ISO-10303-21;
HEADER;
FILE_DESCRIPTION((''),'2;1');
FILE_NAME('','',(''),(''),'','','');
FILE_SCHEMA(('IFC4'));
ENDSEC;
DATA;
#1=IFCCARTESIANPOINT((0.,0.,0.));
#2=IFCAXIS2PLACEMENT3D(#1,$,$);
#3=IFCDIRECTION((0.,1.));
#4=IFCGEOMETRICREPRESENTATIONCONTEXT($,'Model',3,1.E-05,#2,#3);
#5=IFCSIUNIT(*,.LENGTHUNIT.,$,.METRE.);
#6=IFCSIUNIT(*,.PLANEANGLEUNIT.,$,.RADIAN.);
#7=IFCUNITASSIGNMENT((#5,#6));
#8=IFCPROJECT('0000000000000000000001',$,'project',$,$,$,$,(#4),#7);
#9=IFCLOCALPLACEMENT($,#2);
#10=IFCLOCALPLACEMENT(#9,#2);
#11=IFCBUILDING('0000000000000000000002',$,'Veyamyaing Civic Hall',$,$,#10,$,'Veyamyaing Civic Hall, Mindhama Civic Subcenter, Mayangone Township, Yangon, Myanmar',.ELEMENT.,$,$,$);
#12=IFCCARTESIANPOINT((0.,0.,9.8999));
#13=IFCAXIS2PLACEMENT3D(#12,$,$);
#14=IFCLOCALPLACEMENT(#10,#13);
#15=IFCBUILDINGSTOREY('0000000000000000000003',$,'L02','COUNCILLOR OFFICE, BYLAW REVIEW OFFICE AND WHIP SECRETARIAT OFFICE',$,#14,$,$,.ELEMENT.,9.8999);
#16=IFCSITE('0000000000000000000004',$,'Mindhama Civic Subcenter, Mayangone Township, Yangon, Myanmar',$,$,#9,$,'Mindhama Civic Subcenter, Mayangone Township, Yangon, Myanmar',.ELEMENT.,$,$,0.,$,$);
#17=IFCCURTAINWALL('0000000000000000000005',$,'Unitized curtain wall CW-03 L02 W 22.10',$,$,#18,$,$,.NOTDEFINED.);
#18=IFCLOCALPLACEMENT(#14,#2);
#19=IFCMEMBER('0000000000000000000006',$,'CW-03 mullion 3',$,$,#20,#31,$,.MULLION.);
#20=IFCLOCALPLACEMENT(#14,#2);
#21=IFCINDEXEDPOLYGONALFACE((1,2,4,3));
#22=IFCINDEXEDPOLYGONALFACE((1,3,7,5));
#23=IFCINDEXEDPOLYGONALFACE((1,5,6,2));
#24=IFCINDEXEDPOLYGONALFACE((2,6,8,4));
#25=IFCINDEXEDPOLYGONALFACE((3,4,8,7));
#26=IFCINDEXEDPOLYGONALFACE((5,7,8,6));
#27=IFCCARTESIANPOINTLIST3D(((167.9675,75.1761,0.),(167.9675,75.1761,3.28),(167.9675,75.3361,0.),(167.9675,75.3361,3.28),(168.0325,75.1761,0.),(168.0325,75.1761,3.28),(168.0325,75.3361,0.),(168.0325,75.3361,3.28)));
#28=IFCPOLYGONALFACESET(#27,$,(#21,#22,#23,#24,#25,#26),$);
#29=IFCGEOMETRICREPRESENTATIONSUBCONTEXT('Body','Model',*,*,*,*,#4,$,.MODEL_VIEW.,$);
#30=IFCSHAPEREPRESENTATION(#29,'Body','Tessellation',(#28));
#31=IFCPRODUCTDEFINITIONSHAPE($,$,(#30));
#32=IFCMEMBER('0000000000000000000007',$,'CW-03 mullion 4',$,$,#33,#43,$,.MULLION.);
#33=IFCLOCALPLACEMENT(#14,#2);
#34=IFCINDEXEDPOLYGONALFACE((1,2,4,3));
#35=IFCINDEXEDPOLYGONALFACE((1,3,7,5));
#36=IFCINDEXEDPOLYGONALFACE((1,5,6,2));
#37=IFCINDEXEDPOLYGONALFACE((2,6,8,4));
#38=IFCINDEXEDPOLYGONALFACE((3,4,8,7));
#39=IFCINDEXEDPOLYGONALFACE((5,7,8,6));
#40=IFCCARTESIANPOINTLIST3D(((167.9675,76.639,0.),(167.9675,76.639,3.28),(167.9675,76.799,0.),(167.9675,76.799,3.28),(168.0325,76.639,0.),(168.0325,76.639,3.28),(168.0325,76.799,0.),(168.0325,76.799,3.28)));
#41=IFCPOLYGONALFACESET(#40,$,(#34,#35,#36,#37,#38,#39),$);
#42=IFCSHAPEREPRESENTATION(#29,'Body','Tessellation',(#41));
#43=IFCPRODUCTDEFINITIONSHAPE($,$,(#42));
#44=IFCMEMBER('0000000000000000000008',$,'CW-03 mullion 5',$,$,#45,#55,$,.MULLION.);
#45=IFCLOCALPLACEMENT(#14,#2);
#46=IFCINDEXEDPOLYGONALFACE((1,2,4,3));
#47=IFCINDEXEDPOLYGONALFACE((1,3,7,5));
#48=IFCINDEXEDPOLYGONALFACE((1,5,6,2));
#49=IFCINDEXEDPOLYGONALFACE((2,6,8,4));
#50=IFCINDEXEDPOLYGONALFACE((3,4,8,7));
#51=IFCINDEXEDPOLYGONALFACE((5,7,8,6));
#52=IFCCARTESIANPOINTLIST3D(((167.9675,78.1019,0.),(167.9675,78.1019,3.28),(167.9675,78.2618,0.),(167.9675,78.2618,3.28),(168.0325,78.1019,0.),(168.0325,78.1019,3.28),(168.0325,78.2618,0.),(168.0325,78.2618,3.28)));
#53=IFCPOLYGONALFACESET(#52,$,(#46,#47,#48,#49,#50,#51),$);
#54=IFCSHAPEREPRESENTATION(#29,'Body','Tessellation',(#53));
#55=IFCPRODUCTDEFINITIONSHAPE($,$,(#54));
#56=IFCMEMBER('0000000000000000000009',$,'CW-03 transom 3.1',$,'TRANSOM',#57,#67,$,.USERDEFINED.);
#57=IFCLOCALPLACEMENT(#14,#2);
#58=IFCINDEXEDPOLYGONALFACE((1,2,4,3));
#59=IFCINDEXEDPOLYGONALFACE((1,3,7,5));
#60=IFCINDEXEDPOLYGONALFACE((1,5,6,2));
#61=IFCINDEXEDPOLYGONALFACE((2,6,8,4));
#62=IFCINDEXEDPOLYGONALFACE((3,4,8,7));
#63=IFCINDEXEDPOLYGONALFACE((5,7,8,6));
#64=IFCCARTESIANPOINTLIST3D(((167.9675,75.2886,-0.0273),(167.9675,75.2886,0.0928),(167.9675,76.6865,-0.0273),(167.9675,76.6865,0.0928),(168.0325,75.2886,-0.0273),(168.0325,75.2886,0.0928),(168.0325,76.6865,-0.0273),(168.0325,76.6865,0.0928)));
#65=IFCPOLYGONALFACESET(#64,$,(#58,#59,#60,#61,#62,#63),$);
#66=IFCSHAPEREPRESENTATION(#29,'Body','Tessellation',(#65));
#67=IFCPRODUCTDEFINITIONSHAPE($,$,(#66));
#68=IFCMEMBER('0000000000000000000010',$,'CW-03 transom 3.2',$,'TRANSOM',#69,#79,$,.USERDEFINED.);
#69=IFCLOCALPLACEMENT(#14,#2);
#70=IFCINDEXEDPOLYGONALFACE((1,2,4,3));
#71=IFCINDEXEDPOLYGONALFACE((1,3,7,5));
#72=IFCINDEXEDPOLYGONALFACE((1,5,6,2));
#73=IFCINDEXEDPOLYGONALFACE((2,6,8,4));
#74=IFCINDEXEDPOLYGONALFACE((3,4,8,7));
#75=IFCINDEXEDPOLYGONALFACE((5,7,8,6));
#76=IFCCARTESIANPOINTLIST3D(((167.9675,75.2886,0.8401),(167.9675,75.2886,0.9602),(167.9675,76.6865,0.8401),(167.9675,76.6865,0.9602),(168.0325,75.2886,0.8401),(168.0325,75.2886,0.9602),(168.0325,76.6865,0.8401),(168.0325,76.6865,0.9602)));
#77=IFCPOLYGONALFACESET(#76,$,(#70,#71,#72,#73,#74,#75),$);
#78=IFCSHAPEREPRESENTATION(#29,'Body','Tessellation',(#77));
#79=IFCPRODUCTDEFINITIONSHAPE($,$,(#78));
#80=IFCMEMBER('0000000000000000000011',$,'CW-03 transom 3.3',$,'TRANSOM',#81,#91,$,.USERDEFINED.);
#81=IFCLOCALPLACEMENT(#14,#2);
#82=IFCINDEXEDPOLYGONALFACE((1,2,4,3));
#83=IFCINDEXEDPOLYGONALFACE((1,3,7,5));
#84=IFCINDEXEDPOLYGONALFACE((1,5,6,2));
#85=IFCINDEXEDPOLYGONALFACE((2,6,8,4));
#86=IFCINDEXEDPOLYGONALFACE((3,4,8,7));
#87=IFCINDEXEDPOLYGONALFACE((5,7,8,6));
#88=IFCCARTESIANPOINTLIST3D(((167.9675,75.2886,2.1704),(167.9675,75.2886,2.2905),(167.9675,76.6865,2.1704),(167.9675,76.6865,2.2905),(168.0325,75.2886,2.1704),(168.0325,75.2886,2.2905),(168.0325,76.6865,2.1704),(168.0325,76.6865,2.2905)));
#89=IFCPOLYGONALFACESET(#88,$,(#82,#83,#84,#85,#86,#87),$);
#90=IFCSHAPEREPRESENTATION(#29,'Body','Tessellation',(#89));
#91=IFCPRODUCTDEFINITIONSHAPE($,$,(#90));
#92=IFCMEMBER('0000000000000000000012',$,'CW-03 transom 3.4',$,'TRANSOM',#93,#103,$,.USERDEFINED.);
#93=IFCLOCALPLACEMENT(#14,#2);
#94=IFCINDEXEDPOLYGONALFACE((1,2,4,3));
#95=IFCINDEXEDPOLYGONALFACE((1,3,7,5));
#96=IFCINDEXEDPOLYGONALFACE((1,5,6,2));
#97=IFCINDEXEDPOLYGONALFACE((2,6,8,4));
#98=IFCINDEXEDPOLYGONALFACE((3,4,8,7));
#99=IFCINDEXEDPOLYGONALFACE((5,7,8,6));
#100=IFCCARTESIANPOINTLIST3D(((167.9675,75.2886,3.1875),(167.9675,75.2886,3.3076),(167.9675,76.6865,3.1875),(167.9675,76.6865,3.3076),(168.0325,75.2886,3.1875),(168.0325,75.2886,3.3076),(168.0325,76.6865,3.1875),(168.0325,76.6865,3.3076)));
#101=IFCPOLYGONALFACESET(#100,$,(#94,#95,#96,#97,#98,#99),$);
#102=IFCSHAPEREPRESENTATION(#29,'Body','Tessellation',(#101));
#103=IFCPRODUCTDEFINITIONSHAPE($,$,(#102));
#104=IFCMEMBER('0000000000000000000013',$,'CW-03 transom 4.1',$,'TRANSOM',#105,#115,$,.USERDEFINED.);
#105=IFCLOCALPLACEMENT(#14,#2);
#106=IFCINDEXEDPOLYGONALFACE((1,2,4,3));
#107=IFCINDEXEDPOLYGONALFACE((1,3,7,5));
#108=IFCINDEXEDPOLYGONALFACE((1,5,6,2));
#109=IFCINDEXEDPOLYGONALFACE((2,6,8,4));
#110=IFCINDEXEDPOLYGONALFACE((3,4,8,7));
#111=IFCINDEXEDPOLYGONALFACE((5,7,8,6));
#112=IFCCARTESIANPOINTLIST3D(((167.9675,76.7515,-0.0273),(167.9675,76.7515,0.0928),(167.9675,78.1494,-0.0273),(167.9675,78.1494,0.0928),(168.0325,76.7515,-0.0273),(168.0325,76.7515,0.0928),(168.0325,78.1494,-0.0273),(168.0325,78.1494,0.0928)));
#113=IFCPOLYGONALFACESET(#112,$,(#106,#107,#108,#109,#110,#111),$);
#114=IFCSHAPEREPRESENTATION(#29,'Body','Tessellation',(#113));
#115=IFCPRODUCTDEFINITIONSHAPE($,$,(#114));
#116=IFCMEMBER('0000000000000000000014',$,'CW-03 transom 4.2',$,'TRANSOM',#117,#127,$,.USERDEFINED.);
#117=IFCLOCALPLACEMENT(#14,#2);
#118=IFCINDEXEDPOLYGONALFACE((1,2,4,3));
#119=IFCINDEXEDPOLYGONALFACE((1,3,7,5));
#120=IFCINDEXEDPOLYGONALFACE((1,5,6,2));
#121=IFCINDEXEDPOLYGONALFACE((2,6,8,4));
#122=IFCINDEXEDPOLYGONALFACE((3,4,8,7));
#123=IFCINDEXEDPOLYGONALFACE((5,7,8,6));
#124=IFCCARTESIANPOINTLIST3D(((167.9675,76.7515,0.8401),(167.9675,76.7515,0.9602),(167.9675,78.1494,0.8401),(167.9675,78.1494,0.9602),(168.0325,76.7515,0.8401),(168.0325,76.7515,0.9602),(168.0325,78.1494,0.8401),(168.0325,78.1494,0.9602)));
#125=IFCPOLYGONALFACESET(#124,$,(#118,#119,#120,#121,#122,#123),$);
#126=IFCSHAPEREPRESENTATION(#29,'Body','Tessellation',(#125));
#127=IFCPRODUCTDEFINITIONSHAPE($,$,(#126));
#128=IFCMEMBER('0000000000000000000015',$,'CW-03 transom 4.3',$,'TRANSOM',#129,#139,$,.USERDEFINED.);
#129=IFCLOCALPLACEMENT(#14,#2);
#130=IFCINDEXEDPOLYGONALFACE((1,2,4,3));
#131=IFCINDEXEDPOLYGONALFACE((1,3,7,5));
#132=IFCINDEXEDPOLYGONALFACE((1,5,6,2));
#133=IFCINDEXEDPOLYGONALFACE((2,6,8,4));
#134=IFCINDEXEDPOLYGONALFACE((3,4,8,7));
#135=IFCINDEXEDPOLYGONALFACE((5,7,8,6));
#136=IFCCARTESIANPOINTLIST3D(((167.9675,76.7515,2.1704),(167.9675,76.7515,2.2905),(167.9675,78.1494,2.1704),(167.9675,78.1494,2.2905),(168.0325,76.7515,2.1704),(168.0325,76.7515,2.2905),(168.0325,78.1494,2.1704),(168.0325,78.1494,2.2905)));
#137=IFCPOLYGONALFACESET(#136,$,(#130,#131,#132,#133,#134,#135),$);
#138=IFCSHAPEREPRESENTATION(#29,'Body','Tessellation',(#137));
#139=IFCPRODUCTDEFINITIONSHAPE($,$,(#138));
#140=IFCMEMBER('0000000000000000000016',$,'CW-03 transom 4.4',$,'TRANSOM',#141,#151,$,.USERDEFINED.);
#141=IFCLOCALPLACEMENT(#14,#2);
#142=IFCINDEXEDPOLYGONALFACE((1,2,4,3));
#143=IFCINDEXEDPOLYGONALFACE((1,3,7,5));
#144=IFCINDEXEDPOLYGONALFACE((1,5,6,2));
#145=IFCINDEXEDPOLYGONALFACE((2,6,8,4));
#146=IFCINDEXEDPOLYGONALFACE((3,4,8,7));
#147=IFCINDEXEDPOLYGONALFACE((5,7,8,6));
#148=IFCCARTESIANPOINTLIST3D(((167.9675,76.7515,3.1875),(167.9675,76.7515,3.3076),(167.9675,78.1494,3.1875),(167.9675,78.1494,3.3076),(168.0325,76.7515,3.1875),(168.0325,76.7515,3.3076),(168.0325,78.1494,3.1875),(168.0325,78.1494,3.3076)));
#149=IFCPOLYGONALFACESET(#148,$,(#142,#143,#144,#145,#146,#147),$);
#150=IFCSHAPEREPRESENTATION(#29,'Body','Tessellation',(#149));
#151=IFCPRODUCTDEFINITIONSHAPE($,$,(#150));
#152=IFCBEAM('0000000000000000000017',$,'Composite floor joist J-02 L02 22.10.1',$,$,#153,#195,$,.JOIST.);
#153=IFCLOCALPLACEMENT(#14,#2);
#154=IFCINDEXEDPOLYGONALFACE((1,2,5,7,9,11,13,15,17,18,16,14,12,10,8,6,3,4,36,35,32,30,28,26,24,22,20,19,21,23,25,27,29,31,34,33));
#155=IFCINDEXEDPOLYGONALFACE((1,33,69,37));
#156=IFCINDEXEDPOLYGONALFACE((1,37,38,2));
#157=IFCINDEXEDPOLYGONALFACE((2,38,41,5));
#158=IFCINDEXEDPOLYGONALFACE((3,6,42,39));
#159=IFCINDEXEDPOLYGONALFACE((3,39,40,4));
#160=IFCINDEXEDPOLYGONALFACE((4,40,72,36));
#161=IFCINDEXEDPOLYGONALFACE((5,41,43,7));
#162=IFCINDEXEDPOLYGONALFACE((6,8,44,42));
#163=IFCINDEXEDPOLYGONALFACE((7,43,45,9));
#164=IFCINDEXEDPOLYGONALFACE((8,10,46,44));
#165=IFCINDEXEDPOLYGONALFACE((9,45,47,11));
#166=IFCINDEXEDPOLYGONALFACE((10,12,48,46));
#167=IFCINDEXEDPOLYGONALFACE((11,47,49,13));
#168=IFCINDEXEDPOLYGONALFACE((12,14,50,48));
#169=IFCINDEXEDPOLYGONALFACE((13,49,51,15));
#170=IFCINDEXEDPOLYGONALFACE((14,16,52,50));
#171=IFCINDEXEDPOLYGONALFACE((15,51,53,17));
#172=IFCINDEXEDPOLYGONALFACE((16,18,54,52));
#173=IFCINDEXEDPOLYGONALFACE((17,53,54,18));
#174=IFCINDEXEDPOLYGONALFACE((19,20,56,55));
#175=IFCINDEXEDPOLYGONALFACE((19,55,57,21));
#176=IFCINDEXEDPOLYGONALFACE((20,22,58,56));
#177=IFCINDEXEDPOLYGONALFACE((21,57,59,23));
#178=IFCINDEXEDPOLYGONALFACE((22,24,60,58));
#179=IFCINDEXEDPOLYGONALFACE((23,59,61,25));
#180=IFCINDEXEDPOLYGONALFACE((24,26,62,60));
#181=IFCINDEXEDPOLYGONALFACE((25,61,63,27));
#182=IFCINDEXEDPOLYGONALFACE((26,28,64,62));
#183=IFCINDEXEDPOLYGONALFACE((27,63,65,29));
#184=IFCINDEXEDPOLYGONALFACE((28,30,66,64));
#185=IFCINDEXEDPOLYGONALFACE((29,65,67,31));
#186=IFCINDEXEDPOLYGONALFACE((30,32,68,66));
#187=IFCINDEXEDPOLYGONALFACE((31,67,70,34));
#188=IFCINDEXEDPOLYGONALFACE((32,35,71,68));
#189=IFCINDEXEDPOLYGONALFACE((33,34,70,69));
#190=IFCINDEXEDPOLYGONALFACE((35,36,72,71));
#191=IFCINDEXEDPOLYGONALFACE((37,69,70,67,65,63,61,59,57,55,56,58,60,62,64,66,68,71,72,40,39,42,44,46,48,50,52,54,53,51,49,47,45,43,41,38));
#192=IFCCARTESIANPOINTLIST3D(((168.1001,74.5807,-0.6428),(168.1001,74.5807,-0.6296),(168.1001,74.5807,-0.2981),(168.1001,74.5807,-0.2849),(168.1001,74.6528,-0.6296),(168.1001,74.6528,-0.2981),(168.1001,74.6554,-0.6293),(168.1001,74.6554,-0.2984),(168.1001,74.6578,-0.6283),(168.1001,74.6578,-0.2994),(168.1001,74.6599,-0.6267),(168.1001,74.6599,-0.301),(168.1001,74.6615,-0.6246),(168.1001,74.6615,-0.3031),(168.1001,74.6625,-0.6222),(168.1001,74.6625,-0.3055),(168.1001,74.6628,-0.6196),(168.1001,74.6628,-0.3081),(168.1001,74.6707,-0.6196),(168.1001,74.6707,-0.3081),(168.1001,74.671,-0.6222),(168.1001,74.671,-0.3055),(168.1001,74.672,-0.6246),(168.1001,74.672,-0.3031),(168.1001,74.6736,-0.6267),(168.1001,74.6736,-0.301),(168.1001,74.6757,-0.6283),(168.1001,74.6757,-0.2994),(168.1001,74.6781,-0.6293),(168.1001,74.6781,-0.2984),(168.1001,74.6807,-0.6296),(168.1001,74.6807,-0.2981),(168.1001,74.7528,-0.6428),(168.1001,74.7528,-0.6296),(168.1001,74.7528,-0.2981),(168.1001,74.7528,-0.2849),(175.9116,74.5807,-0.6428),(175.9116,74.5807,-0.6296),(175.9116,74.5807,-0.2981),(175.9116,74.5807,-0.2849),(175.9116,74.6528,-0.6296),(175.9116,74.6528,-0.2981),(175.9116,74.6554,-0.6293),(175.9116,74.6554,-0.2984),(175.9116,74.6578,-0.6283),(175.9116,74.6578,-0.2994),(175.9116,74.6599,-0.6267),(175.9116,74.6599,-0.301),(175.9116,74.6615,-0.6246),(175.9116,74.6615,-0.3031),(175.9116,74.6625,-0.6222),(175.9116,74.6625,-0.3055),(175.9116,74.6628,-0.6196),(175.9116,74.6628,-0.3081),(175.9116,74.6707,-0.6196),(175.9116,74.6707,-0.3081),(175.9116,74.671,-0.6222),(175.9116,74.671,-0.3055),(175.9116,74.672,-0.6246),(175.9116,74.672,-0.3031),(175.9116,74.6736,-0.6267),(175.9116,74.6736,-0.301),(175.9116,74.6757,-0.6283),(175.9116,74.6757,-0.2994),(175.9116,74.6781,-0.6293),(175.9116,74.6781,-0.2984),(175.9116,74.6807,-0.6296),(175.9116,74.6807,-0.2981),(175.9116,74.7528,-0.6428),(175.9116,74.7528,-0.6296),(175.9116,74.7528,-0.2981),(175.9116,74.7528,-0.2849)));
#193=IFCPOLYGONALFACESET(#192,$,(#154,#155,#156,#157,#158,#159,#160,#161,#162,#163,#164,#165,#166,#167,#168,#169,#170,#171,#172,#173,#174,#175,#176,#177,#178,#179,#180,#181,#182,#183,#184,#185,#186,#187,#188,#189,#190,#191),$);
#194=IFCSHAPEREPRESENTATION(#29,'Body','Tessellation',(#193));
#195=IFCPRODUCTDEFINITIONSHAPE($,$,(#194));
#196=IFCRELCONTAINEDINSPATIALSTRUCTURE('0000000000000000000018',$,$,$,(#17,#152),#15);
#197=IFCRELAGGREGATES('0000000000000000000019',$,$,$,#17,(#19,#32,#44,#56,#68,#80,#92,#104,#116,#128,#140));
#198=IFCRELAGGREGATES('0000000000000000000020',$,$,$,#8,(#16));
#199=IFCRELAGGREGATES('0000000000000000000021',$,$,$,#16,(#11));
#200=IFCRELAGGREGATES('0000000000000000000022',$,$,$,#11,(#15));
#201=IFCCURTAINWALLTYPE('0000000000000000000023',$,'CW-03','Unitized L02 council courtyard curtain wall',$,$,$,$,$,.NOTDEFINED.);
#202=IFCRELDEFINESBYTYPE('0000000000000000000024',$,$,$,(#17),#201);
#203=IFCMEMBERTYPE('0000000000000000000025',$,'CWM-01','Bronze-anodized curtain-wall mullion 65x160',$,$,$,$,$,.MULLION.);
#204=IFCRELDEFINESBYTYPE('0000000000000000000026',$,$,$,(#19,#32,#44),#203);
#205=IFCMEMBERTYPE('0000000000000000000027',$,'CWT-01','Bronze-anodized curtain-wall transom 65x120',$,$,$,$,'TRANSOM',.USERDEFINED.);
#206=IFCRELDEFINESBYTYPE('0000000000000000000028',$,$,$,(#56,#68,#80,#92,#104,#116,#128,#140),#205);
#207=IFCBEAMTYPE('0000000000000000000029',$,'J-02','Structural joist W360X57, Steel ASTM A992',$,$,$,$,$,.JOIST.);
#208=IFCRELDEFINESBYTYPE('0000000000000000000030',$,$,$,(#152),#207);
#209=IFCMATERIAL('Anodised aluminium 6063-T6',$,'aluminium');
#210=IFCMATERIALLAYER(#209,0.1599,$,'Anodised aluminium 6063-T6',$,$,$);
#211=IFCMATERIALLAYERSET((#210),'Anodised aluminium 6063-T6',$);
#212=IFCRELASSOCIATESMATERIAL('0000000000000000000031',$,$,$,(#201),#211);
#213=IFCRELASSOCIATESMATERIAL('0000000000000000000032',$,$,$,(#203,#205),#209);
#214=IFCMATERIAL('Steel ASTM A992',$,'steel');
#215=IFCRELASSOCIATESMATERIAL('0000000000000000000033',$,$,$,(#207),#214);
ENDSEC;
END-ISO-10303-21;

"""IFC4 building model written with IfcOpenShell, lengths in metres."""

from ifc_helpers import new_model, si_unit, direction, frame, origin, origin_2d, place, context, subcontext, project, spatial, rectangle, i_section, extrude, material, layer, layer_set, material_profile, profile_set, type_object, element, aggregate, save


model = new_model("IFC4")

# Units and contexts
model_context = context("Model", 3, precision=1e-05, world=origin(), true_north=direction((0.0, 1.0)))
body_context = subcontext(model_context, "Body", "Model", "MODEL_VIEW")
ifc_project = project(units=[si_unit("LENGTHUNIT", "METRE"), si_unit("PLANEANGLEUNIT", "RADIAN")], contexts=[model_context])

# Site, building, storey
site_placement = place(None, origin())
site = spatial("IfcSite", under=ifc_project, at=site_placement, Name="Mindhama Civic Subcenter, Mayangone Township, Yangon, Myanmar", LongName="Mindhama Civic Subcenter, Mayangone Township, Yangon, Myanmar", CompositionType="ELEMENT", RefElevation=0.0)
building_placement = place(site_placement, origin())
building = spatial("IfcBuilding", under=site, at=building_placement, Name="Veyamyaing Civic Hall", LongName="Veyamyaing Civic Hall, Mindhama Civic Subcenter, Mayangone Township, Yangon, Myanmar", CompositionType="ELEMENT")
storey_placement = place(building_placement, frame((0.0, 0.0, 9.8999)))
storey = spatial("IfcBuildingStorey", under=building, at=storey_placement, Name="L02", Description="COUNCILLOR OFFICE, BYLAW REVIEW OFFICE AND WHIP SECRETARIAT OFFICE", CompositionType="ELEMENT", Elevation=9.8999)

# Curtain wall, members
ifc_material_1 = material(Name="Anodised aluminium 6063-T6", Category="aluminium")
ifc_layer_1 = layer(ifc_material_1, 0.1599, Name="Anodised aluminium 6063-T6")
ifc_layer_set_1 = layer_set([ifc_layer_1], Name="Anodised aluminium 6063-T6")
curtain_wall_type = type_object("IfcCurtainWallType", Name="CW-03", Description="Unitized L02 council courtyard curtain wall", PredefinedType="NOTDEFINED", material=ifc_layer_set_1)
curtain_wall_placement = place(storey_placement, origin())
curtain_wall = element("IfcCurtainWall", 1, at=curtain_wall_placement, inside=storey, type_object=curtain_wall_type, Name="Unitized curtain wall CW-03 L02 W 22.10", PredefinedType="NOTDEFINED")
ifc_material_profile_1 = material_profile(ifc_material_1, rectangle(XDim=0.0649, YDim=0.1599, at=origin_2d()), Name="ALU-MUL-65X160")
ifc_profile_set_1 = profile_set([ifc_material_profile_1], Name="Anodised aluminium 6063-T6")
member_type_1 = type_object("IfcMemberType", Name="CWM-01", Description="Bronze-anodized curtain-wall mullion 65x160", PredefinedType="MULLION", material=ifc_profile_set_1)
member_1_placement = place(storey_placement, frame((168.0, 75.2561, 0.0), z_axis=(0.0, 0.0, 1.0), x_axis=(-1.0, 0.0, 0.0)))
member_1 = element("IfcMember", 2, at=member_1_placement, type_object=member_type_1, Name="CW-03 mullion 3", PredefinedType="MULLION", context=body_context, shape_type="SweptSolid", body=[
    extrude(rectangle(XDim=0.0649, YDim=0.1599, at=origin_2d()), origin(), (0.0, 0.0, 1.0), 3.28),
])
member_2_placement = place(storey_placement, frame((168.0, 76.719, 0.0), z_axis=(0.0, 0.0, 1.0), x_axis=(-1.0, 0.0, 0.0)))
member_2 = element("IfcMember", 3, at=member_2_placement, type_object=member_type_1, Name="CW-03 mullion 4", PredefinedType="MULLION", context=body_context, shape_type="SweptSolid", body=[
    extrude(rectangle(XDim=0.0649, YDim=0.1599, at=origin_2d()), origin(), (0.0, 0.0, 1.0), 3.28),
])
member_3_placement = place(storey_placement, frame((168.0, 78.1819, 0.0), z_axis=(0.0, 0.0, 1.0), x_axis=(-1.0, 0.0, 0.0)))
member_3 = element("IfcMember", 4, at=member_3_placement, type_object=member_type_1, Name="CW-03 mullion 5", PredefinedType="MULLION", context=body_context, shape_type="SweptSolid", body=[
    extrude(rectangle(XDim=0.0649, YDim=0.1599, at=origin_2d()), origin(), (0.0, 0.0, 1.0), 3.28),
])
ifc_material_profile_2 = material_profile(ifc_material_1, rectangle(XDim=0.0649, YDim=0.1201, at=origin_2d()), Name="ALU-TRN-65X120")
ifc_profile_set_2 = profile_set([ifc_material_profile_2], Name="Anodised aluminium 6063-T6")
member_type_2 = type_object("IfcMemberType", Name="CWT-01", Description="Bronze-anodized curtain-wall transom 65x120", ElementType="TRANSOM", PredefinedType="USERDEFINED", material=ifc_profile_set_2)
member_4_placement = place(storey_placement, frame((168.0, 75.2886, 0.0327), z_axis=(0.0, 1.0, 0.0), x_axis=(-1.0, 0.0, 0.0)))
member_4 = element("IfcMember", 5, at=member_4_placement, type_object=member_type_2, Name="CW-03 transom 3.1", ObjectType="TRANSOM", PredefinedType="USERDEFINED", context=body_context, shape_type="SweptSolid", body=[
    extrude(rectangle(XDim=0.0649, YDim=0.1201, at=origin_2d()), origin(), (0.0, 0.0, 1.0), 1.3979),
])
member_5_placement = place(storey_placement, frame((168.0, 75.2886, 0.9001), z_axis=(0.0, 1.0, 0.0), x_axis=(-1.0, 0.0, 0.0)))
member_5 = element("IfcMember", 6, at=member_5_placement, type_object=member_type_2, Name="CW-03 transom 3.2", ObjectType="TRANSOM", PredefinedType="USERDEFINED", context=body_context, shape_type="SweptSolid", body=[
    extrude(rectangle(XDim=0.0649, YDim=0.1201, at=origin_2d()), origin(), (0.0, 0.0, 1.0), 1.3979),
])
member_6_placement = place(storey_placement, frame((168.0, 75.2886, 2.2305), z_axis=(0.0, 1.0, 0.0), x_axis=(-1.0, 0.0, 0.0)))
member_6 = element("IfcMember", 7, at=member_6_placement, type_object=member_type_2, Name="CW-03 transom 3.3", ObjectType="TRANSOM", PredefinedType="USERDEFINED", context=body_context, shape_type="SweptSolid", body=[
    extrude(rectangle(XDim=0.0649, YDim=0.1201, at=origin_2d()), origin(), (0.0, 0.0, 1.0), 1.3979),
])
member_7_placement = place(storey_placement, frame((168.0, 75.2886, 3.2476), z_axis=(0.0, 1.0, 0.0), x_axis=(-1.0, 0.0, 0.0)))
member_7 = element("IfcMember", 8, at=member_7_placement, type_object=member_type_2, Name="CW-03 transom 3.4", ObjectType="TRANSOM", PredefinedType="USERDEFINED", context=body_context, shape_type="SweptSolid", body=[
    extrude(rectangle(XDim=0.0649, YDim=0.1201, at=origin_2d()), origin(), (0.0, 0.0, 1.0), 1.3979),
])
member_8_placement = place(storey_placement, frame((168.0, 76.7515, 0.0327), z_axis=(0.0, 1.0, 0.0), x_axis=(-1.0, 0.0, 0.0)))
member_8 = element("IfcMember", 9, at=member_8_placement, type_object=member_type_2, Name="CW-03 transom 4.1", ObjectType="TRANSOM", PredefinedType="USERDEFINED", context=body_context, shape_type="SweptSolid", body=[
    extrude(rectangle(XDim=0.0649, YDim=0.1201, at=origin_2d()), origin(), (0.0, 0.0, 1.0), 1.3979),
])
member_9_placement = place(storey_placement, frame((168.0, 76.7515, 0.9001), z_axis=(0.0, 1.0, 0.0), x_axis=(-1.0, 0.0, 0.0)))
member_9 = element("IfcMember", 10, at=member_9_placement, type_object=member_type_2, Name="CW-03 transom 4.2", ObjectType="TRANSOM", PredefinedType="USERDEFINED", context=body_context, shape_type="SweptSolid", body=[
    extrude(rectangle(XDim=0.0649, YDim=0.1201, at=origin_2d()), origin(), (0.0, 0.0, 1.0), 1.3979),
])
member_10_placement = place(storey_placement, frame((168.0, 76.7515, 2.2305), z_axis=(0.0, 1.0, 0.0), x_axis=(-1.0, 0.0, 0.0)))
member_10 = element("IfcMember", 11, at=member_10_placement, type_object=member_type_2, Name="CW-03 transom 4.3", ObjectType="TRANSOM", PredefinedType="USERDEFINED", context=body_context, shape_type="SweptSolid", body=[
    extrude(rectangle(XDim=0.0649, YDim=0.1201, at=origin_2d()), origin(), (0.0, 0.0, 1.0), 1.3979),
])
member_11_placement = place(storey_placement, frame((168.0, 76.7515, 3.2476), z_axis=(0.0, 1.0, 0.0), x_axis=(-1.0, 0.0, 0.0)))
member_11 = element("IfcMember", 12, at=member_11_placement, type_object=member_type_2, Name="CW-03 transom 4.4", ObjectType="TRANSOM", PredefinedType="USERDEFINED", context=body_context, shape_type="SweptSolid", body=[
    extrude(rectangle(XDim=0.0649, YDim=0.1201, at=origin_2d()), origin(), (0.0, 0.0, 1.0), 1.3979),
])

# Beam
ifc_material_2 = material(Name="Steel ASTM A992", Category="steel")
ifc_material_profile_3 = material_profile(ifc_material_2, i_section(OverallWidth=0.1721, OverallDepth=0.3579, WebThickness=0.0078, FlangeThickness=0.0132, FilletRadius=0.01, at=origin_2d()), Name="W360X57")
ifc_profile_set_3 = profile_set([ifc_material_profile_3], Name="Steel ASTM A992")
beam_type = type_object("IfcBeamType", Name="J-02", Description="Structural joist W360X57, Steel ASTM A992", PredefinedType="JOIST", material=ifc_profile_set_3)
for number, where, z_axis, x_axis, name in (
    (13, (168.1001, 74.6667, -0.4639), (1.0, 0.0, 0.0), (0.0, 1.0, 0.0), "Composite floor joist J-02 L02 22.10.1"),
):
    element("IfcBeam", number, at=place(storey_placement, frame(where, z_axis=z_axis, x_axis=x_axis)), inside=storey, type_object=beam_type, Name=name, PredefinedType="JOIST", context=body_context, shape_type="SweptSolid", body=[
        extrude(i_section(OverallWidth=0.1721, OverallDepth=0.3579, WebThickness=0.0078, FlangeThickness=0.0132, FilletRadius=0.01, at=origin_2d()), origin(), (0.0, 0.0, 1.0), 7.8115),
    ])

aggregate(curtain_wall, [member_1, member_2, member_3, member_4, member_5, member_6, member_7, member_8, member_9, member_10, member_11])

save(model, "model.ifc")
